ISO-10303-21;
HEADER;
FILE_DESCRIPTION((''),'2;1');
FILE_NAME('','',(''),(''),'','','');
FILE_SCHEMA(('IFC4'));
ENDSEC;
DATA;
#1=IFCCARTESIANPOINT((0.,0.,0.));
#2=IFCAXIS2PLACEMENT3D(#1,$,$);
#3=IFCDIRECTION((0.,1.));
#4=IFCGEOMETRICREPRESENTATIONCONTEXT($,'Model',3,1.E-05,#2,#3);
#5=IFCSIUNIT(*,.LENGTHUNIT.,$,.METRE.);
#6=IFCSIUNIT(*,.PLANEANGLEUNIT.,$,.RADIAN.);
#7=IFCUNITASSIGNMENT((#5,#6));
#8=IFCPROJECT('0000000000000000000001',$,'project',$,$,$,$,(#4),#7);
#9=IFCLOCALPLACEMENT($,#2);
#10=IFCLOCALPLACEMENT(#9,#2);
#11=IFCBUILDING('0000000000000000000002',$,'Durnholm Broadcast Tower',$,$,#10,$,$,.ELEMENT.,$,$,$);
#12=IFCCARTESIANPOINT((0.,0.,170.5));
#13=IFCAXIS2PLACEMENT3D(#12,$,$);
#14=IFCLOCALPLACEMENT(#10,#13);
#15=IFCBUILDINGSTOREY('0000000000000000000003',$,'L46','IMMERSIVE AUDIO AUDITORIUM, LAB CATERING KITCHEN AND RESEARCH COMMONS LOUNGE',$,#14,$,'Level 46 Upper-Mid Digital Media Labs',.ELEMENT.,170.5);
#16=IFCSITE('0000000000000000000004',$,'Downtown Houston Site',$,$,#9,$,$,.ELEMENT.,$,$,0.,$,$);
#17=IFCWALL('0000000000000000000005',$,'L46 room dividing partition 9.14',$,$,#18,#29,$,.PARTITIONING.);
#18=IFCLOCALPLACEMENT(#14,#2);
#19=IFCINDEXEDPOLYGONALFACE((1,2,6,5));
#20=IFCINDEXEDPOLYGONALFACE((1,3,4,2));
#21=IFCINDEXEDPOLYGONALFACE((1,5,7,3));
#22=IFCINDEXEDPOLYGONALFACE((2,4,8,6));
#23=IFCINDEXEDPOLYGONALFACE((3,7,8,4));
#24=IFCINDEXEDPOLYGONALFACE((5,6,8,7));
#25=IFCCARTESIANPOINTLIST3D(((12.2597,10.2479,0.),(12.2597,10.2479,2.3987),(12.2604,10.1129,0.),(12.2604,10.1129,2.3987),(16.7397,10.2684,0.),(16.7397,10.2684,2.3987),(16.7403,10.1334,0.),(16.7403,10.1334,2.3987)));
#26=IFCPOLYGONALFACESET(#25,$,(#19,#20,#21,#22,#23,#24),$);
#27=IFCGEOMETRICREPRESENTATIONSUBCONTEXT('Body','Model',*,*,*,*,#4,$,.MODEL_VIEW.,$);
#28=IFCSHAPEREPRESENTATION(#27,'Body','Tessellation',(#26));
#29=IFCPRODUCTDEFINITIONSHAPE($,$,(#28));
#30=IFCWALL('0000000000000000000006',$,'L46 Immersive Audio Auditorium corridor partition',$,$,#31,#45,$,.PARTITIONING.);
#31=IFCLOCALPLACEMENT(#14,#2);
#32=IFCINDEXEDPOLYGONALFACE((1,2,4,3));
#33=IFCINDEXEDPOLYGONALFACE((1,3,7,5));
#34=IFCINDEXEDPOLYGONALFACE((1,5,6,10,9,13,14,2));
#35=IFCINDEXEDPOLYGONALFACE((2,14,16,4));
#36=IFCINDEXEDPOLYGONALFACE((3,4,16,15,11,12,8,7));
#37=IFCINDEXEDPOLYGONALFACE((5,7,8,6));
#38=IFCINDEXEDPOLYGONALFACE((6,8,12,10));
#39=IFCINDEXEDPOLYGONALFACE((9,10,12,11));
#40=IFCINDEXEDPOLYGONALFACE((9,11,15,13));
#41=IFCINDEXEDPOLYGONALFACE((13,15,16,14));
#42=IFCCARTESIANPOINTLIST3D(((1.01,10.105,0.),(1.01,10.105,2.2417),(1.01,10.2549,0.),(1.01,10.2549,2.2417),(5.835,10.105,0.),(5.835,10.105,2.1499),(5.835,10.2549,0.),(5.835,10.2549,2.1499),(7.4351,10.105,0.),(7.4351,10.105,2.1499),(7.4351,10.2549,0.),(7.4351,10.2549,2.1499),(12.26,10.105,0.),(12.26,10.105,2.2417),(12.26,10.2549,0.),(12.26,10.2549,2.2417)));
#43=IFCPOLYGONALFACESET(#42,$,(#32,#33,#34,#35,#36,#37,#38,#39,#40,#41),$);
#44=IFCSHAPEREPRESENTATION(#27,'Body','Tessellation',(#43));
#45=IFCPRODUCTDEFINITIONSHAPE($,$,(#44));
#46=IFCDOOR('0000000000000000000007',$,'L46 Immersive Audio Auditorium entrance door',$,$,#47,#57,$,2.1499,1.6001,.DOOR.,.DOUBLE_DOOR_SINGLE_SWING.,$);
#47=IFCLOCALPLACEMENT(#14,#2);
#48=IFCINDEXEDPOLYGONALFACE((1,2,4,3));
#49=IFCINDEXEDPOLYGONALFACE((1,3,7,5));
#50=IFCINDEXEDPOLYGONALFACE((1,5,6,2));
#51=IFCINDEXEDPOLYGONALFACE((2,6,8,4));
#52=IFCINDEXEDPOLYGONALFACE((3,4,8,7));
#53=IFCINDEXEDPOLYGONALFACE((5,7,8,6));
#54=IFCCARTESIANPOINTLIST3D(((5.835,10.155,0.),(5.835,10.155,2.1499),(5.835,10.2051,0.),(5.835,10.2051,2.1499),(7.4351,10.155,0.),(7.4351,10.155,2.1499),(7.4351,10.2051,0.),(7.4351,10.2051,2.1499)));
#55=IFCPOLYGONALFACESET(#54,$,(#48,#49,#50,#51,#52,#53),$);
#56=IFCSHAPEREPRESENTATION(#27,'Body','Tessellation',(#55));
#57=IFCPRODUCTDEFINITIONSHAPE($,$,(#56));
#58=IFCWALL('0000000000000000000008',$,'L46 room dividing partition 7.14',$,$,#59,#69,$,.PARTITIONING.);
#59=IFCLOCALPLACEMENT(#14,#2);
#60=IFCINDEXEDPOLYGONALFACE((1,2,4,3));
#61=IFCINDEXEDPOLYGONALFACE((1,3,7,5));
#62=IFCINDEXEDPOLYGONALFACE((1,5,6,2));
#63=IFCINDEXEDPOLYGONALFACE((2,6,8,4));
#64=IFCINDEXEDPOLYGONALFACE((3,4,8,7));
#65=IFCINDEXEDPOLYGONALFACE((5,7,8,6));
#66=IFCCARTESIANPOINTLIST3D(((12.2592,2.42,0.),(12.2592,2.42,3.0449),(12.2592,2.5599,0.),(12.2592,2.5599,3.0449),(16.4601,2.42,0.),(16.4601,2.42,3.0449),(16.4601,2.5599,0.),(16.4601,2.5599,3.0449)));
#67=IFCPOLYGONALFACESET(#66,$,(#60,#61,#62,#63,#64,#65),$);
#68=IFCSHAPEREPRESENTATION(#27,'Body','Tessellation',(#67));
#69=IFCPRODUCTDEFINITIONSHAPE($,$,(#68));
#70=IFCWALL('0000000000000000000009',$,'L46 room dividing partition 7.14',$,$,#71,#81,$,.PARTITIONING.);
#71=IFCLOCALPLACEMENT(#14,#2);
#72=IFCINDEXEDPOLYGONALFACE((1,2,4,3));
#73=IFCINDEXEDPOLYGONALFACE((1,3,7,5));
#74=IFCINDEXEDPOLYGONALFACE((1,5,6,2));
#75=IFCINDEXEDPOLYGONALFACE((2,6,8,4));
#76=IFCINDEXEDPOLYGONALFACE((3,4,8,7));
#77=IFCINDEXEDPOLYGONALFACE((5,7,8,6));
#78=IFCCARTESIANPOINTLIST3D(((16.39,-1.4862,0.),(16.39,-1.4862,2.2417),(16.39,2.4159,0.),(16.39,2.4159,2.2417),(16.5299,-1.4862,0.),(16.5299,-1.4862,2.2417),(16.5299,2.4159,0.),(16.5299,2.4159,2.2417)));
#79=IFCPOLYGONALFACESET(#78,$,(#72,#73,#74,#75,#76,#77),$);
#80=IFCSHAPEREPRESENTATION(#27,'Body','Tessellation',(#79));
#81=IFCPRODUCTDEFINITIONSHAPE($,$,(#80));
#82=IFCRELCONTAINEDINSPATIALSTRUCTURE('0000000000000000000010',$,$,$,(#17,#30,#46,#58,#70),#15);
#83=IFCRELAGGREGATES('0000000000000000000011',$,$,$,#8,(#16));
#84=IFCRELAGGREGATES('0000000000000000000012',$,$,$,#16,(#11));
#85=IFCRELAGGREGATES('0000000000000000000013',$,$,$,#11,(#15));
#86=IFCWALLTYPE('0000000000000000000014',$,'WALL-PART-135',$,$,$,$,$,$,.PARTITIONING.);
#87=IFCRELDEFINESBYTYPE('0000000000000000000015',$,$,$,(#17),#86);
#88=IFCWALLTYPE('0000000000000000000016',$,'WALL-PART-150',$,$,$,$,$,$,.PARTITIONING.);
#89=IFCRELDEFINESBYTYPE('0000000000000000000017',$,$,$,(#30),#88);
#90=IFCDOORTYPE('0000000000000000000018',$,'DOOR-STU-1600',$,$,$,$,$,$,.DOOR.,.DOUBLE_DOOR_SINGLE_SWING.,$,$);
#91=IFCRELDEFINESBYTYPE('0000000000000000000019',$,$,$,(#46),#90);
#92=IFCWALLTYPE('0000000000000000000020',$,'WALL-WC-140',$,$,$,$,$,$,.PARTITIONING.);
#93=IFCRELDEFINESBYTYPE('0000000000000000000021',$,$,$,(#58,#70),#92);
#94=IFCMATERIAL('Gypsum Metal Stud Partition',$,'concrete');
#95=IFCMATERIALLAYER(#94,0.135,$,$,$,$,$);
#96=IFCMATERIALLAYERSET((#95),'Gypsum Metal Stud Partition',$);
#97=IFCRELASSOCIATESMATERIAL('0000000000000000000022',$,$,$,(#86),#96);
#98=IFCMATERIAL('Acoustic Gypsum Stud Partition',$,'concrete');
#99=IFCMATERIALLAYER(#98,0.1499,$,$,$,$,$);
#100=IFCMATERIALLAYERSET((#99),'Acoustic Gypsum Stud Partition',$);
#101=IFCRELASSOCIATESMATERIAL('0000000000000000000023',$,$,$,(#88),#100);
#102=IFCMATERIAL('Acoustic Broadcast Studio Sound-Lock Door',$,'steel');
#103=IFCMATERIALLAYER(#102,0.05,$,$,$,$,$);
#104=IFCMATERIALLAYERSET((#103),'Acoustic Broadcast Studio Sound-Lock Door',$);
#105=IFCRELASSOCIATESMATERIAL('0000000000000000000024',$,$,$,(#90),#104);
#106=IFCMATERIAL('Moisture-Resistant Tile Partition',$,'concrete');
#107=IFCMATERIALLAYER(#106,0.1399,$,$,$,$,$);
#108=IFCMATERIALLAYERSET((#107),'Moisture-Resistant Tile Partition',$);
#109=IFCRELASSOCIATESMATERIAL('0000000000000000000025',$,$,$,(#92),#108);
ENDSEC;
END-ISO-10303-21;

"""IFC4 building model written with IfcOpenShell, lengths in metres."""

from ifc_helpers import new_model, si_unit, direction, frame, frame_2d, origin, place, context, subcontext, project, spatial, rectangle, extrude, source, transform, mapped, material, layer, layer_set, type_object, type_shapes, element, fill, save


model = new_model("IFC4")

# Units and contexts
model_context = context("Model", 3, precision=1e-05, world=origin(), true_north=direction((0.0, 1.0)))
body_context = subcontext(model_context, "Body", "Model", "MODEL_VIEW")
ifc_project = project(units=[si_unit("LENGTHUNIT", "METRE"), si_unit("PLANEANGLEUNIT", "RADIAN")], contexts=[model_context])

# Site, building, storey
site_placement = place(None, origin())
site = spatial("IfcSite", under=ifc_project, at=site_placement, Name="Downtown Houston Site", CompositionType="ELEMENT", RefElevation=0.0)
building_placement = place(site_placement, origin())
building = spatial("IfcBuilding", under=site, at=building_placement, Name="Durnholm Broadcast Tower", CompositionType="ELEMENT")
storey_placement = place(building_placement, frame((0.0, 0.0, 170.5)))
storey = spatial("IfcBuildingStorey", under=building, at=storey_placement, Name="L46", Description="IMMERSIVE AUDIO AUDITORIUM, LAB CATERING KITCHEN AND RESEARCH COMMONS LOUNGE", LongName="Level 46 Upper-Mid Digital Media Labs", CompositionType="ELEMENT", Elevation=170.5)

# Wall
ifc_material_1 = material(Name="Gypsum Metal Stud Partition", Category="concrete")
ifc_layer_1 = layer(ifc_material_1, 0.135)
ifc_layer_set_1 = layer_set([ifc_layer_1], Name="Gypsum Metal Stud Partition")
wall_type_1 = type_object("IfcWallType", Name="WALL-PART-135", PredefinedType="PARTITIONING", material=ifc_layer_set_1)
wall_1_placement = place(storey_placement, frame((16.74, 10.2009, 0.0), z_axis=(0.0, 0.0, 1.0), x_axis=(-0.99999, -0.004578, 0.0)))
element("IfcWall", 1, at=wall_1_placement, inside=storey, type_object=wall_type_1, Name="L46 room dividing partition 9.14", PredefinedType="PARTITIONING", context=body_context, shape_type="SweptSolid", body=[
    extrude(rectangle(XDim=4.48, YDim=0.135, at=frame_2d((2.24, 0.0))), origin(), (0.0, 0.0, 1.0), 2.3987),
])

# Wall, opening, door
ifc_material_2 = material(Name="Acoustic Gypsum Stud Partition", Category="concrete")
ifc_layer_2 = layer(ifc_material_2, 0.1499)
ifc_layer_set_2 = layer_set([ifc_layer_2], Name="Acoustic Gypsum Stud Partition")
wall_type_2 = type_object("IfcWallType", Name="WALL-PART-150", PredefinedType="PARTITIONING", material=ifc_layer_set_2)
wall_2_placement = place(storey_placement, frame((12.26, 10.1799, 0.0), z_axis=(0.0, 0.0, 1.0), x_axis=(-1.0, 0.0, 0.0)))
wall_2 = element("IfcWall", 2, at=wall_2_placement, inside=storey, type_object=wall_type_2, Name="L46 Immersive Audio Auditorium corridor partition", PredefinedType="PARTITIONING", context=body_context, shape_type="SweptSolid", body=[
    extrude(rectangle(XDim=11.25, YDim=0.1499, at=frame_2d((5.625, 0.0))), origin(), (0.0, 0.0, 1.0), 2.2417),
])
opening_1_placement = place(wall_2_placement, frame((4.825, 0.0, 0.0)))
opening_1 = element("IfcOpeningElement", 3, at=opening_1_placement, cuts=wall_2, PredefinedType="OPENING", context=body_context, shape_type="SweptSolid", body=[
    extrude(rectangle(XDim=1.6001, YDim=2.1499, at=frame_2d((0.8, 1.075))), frame((0.0, 0.085, 0.0), z_axis=(0.0, -1.0, 0.0), x_axis=(1.0, 0.0, 0.0)), (0.0, 0.0, 1.0), 0.1699),
])
ifc_material_3 = material(Name="Acoustic Broadcast Studio Sound-Lock Door", Category="steel")
ifc_layer_3 = layer(ifc_material_3, 0.05)
ifc_layer_set_3 = layer_set([ifc_layer_3], Name="Acoustic Broadcast Studio Sound-Lock Door")
door_type = type_object("IfcDoorType", Name="DOOR-STU-1600", OperationType="DOUBLE_DOOR_SINGLE_SWING", PredefinedType="DOOR", material=ifc_layer_set_3)
shared_shape_1 = source(origin(), body_context, "Body", "SweptSolid", [
    extrude(rectangle(XDim=1.6001, YDim=2.1499, at=frame_2d((0.8, 1.075))), frame((0.0, 0.0249, 0.0), z_axis=(0.0, -1.0, 0.0), x_axis=(1.0, 0.0, 0.0)), (0.0, 0.0, 1.0), 0.05),
])
type_shapes(door_type, [shared_shape_1])
door_1_placement = place(opening_1_placement, origin())
door_1 = element("IfcDoor", 4, at=door_1_placement, inside=storey, type_object=door_type, Name="L46 Immersive Audio Auditorium entrance door", OperationType="DOUBLE_DOOR_SINGLE_SWING", OverallHeight=2.1499, OverallWidth=1.6001, PredefinedType="DOOR", context=body_context, shape_type="MappedRepresentation", body=[
    mapped(shared_shape_1, transform((0.0, 0.0, 0.0), x_axis=(1.0, 0.0, 0.0), y_axis=(0.0, 1.0, 0.0), z_axis=(0.0, 0.0, 1.0), scale=1.0)),
])
fill(opening_1, door_1)

# Walls
ifc_material_4 = material(Name="Moisture-Resistant Tile Partition", Category="concrete")
ifc_layer_4 = layer(ifc_material_4, 0.1399)
ifc_layer_set_4 = layer_set([ifc_layer_4], Name="Moisture-Resistant Tile Partition")
wall_type_3 = type_object("IfcWallType", Name="WALL-WC-140", PredefinedType="PARTITIONING", material=ifc_layer_set_4)
wall_3_placement = place(storey_placement, frame((12.259, 2.49, 0.0), z_axis=(0.0, 0.0, 1.0), x_axis=(1.0, 0.0, 0.0)))
element("IfcWall", 5, at=wall_3_placement, inside=storey, type_object=wall_type_3, Name="L46 room dividing partition 7.14", PredefinedType="PARTITIONING", context=body_context, shape_type="SweptSolid", body=[
    extrude(rectangle(XDim=4.2009, YDim=0.1399, at=frame_2d((2.1006, 0.0))), origin(), (0.0, 0.0, 1.0), 3.0449),
])
wall_4_placement = place(storey_placement, frame((16.46, 2.416, 0.0), z_axis=(0.0, 0.0, 1.0), x_axis=(0.0, -1.0, 0.0)))
element("IfcWall", 6, at=wall_4_placement, inside=storey, type_object=wall_type_3, Name="L46 room dividing partition 7.14", PredefinedType="PARTITIONING", context=body_context, shape_type="SweptSolid", body=[
    extrude(rectangle(XDim=3.9021, YDim=0.1399, at=frame_2d((1.9512, 0.0))), origin(), (0.0, 0.0, 1.0), 2.2417),
])

save(model, "model.ifc")
